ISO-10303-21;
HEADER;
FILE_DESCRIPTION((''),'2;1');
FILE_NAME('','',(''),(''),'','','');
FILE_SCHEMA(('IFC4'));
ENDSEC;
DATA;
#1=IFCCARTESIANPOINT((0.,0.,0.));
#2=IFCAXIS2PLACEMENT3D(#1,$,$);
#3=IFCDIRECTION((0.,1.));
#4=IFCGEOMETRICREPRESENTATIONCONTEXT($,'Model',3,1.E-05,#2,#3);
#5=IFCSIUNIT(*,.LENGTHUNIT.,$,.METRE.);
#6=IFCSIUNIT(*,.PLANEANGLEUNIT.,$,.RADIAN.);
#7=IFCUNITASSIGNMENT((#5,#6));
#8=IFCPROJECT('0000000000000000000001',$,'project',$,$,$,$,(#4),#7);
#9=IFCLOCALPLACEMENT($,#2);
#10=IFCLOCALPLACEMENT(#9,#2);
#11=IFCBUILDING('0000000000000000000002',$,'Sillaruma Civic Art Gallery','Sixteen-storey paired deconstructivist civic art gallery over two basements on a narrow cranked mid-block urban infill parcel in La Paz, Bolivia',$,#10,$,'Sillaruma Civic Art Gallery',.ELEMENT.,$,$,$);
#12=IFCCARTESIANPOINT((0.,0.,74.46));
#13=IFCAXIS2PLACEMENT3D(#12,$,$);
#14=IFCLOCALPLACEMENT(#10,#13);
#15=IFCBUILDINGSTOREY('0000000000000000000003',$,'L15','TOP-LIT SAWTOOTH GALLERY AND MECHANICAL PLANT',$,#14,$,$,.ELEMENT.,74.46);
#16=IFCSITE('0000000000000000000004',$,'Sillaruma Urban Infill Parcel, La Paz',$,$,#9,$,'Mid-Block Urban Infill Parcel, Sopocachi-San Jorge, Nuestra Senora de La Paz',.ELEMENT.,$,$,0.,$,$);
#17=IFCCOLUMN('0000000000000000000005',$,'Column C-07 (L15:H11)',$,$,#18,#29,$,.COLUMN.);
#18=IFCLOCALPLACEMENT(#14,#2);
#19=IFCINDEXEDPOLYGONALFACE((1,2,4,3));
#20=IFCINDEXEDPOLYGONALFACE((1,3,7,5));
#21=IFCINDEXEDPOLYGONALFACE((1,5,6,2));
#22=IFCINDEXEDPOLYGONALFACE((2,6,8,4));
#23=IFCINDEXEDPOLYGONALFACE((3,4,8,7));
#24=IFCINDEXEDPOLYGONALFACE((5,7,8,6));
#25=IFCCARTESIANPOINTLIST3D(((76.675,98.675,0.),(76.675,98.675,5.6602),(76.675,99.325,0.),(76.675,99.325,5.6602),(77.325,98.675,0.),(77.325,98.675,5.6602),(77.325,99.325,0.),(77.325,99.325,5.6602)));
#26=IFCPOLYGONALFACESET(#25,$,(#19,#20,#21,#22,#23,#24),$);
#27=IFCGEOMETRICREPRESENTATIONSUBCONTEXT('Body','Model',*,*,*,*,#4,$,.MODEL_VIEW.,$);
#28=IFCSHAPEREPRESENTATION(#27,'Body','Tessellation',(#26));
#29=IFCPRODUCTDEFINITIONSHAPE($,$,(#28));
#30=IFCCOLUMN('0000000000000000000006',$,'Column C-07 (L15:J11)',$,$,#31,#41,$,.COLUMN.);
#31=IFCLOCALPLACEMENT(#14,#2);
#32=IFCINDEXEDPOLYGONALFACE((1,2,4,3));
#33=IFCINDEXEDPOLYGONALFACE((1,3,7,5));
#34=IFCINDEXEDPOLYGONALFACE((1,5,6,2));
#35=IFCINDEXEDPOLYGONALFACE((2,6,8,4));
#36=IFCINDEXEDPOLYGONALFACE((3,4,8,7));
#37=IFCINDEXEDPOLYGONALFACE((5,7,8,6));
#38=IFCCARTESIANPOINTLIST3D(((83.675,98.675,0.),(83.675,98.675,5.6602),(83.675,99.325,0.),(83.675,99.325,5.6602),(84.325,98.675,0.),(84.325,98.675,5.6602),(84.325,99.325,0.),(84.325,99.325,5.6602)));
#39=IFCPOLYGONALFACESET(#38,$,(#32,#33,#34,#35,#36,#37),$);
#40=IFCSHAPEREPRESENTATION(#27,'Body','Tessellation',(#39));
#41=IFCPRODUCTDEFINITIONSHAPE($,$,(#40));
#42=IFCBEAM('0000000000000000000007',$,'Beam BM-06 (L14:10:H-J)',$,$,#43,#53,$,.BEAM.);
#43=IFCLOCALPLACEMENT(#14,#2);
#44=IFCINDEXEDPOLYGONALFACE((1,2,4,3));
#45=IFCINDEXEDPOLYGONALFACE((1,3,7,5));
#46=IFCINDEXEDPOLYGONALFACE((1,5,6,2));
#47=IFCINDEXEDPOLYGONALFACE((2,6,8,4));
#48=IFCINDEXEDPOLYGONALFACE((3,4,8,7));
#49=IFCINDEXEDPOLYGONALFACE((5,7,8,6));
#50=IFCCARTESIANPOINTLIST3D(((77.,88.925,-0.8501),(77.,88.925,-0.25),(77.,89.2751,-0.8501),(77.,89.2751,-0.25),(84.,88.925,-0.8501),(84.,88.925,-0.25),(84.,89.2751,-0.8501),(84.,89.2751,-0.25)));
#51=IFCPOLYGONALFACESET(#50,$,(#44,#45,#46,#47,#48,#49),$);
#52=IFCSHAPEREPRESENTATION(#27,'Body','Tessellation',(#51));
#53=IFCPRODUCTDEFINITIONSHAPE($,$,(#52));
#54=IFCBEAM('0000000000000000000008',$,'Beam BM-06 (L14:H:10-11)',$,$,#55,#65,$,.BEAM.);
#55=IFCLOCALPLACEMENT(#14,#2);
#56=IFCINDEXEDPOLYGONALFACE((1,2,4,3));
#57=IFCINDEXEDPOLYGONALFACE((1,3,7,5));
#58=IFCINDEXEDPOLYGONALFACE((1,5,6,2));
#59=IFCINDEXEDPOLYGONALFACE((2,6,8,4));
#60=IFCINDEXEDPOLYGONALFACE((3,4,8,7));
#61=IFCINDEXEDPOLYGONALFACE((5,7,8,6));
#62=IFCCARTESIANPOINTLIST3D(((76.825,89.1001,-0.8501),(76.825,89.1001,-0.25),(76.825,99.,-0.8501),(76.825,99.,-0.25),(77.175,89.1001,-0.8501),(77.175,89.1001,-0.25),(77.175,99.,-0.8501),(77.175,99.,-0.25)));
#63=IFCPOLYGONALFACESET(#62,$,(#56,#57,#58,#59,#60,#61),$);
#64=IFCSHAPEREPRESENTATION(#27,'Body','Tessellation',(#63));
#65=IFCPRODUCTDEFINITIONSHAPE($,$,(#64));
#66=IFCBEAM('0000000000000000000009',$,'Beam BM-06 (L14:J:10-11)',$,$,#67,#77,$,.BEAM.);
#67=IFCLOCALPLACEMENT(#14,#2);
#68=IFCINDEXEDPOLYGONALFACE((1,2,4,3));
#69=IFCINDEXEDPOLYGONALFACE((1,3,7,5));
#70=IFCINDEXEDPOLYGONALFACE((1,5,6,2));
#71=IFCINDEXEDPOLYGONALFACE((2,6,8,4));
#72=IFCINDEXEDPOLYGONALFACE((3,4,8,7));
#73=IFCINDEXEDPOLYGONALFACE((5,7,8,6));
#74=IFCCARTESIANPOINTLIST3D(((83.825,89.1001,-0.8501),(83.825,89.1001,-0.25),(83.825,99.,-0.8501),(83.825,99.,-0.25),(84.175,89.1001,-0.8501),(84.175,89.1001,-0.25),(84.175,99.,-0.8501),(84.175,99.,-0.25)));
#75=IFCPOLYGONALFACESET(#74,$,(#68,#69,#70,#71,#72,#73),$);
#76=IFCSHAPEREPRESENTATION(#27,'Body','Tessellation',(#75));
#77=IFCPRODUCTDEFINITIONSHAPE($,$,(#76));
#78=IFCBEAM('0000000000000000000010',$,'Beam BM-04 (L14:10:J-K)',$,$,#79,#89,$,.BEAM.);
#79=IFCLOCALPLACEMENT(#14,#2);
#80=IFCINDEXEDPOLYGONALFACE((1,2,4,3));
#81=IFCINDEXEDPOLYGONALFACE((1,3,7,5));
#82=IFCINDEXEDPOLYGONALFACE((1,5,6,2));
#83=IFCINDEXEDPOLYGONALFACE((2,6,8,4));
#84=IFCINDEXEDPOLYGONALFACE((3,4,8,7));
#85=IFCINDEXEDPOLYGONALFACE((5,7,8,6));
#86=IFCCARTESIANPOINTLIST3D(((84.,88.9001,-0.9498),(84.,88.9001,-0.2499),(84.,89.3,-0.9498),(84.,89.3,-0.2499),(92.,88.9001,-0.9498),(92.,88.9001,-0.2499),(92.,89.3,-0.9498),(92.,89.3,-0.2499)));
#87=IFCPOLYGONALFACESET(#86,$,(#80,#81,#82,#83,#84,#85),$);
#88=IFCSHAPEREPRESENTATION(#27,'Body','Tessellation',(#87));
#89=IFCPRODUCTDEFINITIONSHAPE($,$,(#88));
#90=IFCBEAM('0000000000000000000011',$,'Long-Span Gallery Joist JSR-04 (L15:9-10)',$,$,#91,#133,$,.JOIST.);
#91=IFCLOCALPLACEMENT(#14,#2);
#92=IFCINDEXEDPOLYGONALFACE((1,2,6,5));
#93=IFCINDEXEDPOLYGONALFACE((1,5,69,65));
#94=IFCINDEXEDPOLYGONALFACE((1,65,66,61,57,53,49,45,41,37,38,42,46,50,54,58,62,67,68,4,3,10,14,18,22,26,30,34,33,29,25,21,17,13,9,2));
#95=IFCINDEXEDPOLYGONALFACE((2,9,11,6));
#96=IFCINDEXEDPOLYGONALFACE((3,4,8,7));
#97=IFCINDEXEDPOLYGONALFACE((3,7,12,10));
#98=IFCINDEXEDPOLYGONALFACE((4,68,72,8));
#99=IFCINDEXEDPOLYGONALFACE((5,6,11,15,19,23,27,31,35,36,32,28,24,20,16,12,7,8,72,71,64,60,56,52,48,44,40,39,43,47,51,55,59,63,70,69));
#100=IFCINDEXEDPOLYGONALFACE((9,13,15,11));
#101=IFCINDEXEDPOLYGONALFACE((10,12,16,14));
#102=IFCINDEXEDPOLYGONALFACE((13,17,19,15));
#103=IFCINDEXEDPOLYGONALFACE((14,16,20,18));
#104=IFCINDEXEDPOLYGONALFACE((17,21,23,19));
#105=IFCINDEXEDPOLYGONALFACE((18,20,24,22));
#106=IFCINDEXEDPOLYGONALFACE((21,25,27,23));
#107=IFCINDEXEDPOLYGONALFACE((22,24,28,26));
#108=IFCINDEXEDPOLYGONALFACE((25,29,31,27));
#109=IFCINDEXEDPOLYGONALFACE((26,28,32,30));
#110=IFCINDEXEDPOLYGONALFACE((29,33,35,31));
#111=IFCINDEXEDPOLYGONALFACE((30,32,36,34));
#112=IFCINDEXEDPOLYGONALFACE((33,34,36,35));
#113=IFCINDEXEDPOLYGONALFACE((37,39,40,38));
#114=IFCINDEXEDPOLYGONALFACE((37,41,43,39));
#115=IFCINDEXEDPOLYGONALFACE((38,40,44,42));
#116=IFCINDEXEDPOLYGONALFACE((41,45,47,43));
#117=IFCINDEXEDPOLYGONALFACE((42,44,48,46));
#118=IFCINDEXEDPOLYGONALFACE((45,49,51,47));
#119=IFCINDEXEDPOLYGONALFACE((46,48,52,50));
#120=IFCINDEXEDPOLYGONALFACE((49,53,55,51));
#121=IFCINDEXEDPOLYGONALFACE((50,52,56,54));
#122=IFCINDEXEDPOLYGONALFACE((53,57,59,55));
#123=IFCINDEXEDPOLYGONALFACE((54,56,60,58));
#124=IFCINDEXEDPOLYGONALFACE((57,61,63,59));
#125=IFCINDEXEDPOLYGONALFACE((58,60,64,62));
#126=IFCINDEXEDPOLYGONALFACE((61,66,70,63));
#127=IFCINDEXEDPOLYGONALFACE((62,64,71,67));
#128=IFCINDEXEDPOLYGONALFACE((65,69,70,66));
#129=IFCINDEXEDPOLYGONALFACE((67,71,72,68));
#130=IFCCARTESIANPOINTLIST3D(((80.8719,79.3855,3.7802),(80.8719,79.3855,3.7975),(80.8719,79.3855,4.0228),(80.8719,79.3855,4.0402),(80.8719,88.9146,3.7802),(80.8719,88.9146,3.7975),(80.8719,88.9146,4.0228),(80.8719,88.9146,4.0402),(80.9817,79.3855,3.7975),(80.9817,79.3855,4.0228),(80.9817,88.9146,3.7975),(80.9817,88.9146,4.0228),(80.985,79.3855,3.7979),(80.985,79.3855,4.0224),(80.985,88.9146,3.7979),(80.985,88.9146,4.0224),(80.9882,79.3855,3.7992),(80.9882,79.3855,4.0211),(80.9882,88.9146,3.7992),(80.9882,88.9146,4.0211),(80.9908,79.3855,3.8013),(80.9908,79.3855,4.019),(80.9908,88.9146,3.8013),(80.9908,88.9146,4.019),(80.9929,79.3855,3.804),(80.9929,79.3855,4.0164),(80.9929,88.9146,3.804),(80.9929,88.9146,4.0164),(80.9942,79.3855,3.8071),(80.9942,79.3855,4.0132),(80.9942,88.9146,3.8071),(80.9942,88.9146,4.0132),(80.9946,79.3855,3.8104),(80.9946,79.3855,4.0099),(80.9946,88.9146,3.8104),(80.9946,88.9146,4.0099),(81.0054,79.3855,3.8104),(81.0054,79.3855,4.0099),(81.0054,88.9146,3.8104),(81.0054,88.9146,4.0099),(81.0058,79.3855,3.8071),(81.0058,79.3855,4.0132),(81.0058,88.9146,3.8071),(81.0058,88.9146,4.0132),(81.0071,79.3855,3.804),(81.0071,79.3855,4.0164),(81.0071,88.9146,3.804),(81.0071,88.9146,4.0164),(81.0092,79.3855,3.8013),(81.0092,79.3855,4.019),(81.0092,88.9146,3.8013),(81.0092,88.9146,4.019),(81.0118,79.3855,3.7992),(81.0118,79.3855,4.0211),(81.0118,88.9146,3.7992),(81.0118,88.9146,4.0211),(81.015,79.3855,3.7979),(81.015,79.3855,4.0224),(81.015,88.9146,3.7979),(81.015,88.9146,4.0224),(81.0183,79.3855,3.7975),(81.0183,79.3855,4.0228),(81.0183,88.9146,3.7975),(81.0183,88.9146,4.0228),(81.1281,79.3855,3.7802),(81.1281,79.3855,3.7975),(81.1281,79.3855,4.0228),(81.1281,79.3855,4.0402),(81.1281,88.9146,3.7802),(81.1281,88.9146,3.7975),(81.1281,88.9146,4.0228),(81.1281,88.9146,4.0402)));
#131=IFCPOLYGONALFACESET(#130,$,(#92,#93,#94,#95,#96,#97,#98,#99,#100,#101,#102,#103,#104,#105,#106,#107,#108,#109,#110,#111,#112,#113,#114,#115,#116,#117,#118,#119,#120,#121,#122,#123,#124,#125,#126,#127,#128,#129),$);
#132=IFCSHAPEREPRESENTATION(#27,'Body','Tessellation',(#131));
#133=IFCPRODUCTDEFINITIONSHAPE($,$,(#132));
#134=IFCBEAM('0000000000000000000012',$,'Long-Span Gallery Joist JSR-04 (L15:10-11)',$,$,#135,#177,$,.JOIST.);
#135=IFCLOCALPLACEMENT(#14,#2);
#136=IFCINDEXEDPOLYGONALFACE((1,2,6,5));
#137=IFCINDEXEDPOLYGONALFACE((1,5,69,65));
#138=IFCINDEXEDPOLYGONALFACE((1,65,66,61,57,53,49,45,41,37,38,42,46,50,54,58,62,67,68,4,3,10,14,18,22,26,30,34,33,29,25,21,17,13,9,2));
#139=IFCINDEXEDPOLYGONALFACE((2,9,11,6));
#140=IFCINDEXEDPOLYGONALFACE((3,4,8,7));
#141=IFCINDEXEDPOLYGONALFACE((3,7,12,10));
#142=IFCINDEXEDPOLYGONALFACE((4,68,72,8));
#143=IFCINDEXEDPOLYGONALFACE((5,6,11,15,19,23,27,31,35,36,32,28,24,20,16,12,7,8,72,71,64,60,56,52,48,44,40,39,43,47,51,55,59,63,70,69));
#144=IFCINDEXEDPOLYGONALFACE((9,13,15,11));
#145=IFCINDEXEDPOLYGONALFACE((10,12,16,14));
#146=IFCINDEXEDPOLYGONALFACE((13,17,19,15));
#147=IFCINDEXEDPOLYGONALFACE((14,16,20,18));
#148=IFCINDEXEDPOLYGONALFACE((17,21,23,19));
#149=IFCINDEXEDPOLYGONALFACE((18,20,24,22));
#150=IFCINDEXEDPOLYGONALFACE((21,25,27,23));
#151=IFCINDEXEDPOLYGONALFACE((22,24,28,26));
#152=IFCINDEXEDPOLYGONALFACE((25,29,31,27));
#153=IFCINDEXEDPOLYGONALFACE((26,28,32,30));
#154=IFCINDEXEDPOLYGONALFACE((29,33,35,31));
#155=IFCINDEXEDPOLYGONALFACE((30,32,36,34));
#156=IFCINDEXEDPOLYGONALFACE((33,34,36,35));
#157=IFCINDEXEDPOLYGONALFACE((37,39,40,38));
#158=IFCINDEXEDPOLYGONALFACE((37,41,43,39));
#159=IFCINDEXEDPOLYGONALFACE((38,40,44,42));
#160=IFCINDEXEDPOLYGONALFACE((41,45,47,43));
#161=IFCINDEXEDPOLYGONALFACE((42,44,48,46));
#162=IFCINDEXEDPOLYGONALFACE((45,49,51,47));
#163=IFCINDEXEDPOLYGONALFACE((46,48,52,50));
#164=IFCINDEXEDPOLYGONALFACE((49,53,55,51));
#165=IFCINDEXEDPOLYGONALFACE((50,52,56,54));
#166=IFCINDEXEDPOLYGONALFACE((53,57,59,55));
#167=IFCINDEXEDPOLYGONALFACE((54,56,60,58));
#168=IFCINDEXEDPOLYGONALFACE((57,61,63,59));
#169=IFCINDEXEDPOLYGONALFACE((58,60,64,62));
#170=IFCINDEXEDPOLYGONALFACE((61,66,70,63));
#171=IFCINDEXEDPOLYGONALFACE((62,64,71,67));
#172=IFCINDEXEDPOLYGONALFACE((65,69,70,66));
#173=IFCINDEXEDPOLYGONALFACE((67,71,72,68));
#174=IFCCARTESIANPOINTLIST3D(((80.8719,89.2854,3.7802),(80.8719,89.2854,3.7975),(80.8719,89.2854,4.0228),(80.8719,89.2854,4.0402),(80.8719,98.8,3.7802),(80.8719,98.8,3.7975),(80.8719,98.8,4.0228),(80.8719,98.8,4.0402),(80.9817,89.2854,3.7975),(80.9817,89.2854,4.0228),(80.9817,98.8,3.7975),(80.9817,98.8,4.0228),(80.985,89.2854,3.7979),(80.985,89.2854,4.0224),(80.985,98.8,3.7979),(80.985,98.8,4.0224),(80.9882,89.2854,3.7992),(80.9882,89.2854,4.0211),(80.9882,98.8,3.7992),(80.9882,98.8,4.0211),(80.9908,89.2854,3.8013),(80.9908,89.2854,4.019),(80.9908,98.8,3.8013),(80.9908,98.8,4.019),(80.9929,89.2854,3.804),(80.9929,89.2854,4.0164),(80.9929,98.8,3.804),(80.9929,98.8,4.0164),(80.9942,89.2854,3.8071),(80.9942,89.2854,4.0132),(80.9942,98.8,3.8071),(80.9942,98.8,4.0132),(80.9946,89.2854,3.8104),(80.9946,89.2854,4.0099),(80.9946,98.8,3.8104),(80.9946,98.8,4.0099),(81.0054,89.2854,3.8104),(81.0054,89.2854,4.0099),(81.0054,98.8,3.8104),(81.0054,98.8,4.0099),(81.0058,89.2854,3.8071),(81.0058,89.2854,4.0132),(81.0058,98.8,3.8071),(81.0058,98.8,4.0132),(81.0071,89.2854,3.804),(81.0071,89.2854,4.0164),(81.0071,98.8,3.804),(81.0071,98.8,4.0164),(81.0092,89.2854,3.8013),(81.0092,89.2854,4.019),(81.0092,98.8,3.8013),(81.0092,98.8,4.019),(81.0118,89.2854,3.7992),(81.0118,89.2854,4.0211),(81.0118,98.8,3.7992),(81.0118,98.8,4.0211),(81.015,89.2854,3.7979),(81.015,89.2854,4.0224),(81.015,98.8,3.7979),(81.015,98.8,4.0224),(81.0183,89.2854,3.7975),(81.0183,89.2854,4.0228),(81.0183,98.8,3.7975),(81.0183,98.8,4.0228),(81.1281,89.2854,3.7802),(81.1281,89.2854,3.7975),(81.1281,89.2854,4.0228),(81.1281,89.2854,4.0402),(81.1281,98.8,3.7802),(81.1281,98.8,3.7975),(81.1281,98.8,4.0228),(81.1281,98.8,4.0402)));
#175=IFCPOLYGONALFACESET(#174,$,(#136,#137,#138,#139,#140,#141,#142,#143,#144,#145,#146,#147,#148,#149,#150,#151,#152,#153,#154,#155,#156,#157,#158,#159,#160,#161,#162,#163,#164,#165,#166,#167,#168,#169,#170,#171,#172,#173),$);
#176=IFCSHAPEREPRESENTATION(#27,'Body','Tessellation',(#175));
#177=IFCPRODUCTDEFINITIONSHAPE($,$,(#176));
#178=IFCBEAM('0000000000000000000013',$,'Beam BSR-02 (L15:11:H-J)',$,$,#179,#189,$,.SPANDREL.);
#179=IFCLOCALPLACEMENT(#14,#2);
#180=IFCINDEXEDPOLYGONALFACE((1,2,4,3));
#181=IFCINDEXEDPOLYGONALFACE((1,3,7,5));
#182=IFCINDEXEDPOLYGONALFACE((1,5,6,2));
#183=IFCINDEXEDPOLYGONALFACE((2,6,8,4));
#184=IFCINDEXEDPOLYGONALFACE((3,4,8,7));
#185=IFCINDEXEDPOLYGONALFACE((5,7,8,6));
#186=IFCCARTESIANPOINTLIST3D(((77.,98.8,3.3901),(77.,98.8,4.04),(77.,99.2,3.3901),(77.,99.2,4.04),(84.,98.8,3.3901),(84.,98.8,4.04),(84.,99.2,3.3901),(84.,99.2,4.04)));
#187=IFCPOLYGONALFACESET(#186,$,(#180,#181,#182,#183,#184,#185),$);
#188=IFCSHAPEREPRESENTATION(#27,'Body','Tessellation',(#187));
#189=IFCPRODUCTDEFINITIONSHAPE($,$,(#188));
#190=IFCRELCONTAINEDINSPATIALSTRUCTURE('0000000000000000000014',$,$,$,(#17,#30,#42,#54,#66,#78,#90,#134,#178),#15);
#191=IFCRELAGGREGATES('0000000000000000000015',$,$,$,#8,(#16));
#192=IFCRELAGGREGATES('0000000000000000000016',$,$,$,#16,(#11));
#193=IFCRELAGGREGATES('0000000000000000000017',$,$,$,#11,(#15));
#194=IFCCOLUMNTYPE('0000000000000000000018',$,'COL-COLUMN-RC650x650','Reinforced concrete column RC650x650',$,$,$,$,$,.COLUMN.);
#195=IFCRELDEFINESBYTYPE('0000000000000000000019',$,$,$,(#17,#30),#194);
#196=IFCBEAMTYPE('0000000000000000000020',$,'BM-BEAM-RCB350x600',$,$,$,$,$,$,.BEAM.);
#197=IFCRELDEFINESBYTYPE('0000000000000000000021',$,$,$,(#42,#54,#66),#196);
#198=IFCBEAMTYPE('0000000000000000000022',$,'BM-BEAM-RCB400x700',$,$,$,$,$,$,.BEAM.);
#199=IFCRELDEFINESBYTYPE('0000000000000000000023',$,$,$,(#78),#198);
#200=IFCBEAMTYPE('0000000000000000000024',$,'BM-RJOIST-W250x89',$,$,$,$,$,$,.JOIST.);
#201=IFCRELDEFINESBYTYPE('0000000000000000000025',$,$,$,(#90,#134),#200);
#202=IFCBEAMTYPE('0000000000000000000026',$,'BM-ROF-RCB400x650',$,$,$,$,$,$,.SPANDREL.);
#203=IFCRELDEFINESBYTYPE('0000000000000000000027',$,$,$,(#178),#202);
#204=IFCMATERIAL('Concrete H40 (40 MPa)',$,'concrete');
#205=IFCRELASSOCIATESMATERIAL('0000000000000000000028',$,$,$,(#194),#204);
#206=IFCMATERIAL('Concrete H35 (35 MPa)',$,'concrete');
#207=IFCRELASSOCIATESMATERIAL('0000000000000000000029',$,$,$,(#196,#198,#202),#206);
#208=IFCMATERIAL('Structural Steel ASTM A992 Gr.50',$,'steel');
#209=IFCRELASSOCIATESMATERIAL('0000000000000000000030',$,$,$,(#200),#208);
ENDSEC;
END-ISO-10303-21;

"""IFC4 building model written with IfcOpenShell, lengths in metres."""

from ifc_helpers import new_model, si_unit, direction, frame, origin, origin_2d, place, context, subcontext, project, spatial, rectangle, i_section, extrude, material, material_profile, profile_set, type_object, element, save


model = new_model("IFC4")

# Units and contexts
model_context = context("Model", 3, precision=1e-05, world=origin(), true_north=direction((0.0, 1.0)))
body_context = subcontext(model_context, "Body", "Model", "MODEL_VIEW")
ifc_project = project(units=[si_unit("LENGTHUNIT", "METRE"), si_unit("PLANEANGLEUNIT", "RADIAN")], contexts=[model_context])

# Site, building, storey
site_placement = place(None, origin())
site = spatial("IfcSite", under=ifc_project, at=site_placement, Name="Sillaruma Urban Infill Parcel, La Paz", LongName="Mid-Block Urban Infill Parcel, Sopocachi-San Jorge, Nuestra Senora de La Paz", CompositionType="ELEMENT", RefElevation=0.0)
building_placement = place(site_placement, origin())
building = spatial("IfcBuilding", under=site, at=building_placement, Name="Sillaruma Civic Art Gallery", Description="Sixteen-storey paired deconstructivist civic art gallery over two basements on a narrow cranked mid-block urban infill parcel in La Paz, Bolivia", LongName="Sillaruma Civic Art Gallery", CompositionType="ELEMENT")
storey_placement = place(building_placement, frame((0.0, 0.0, 74.46)))
storey = spatial("IfcBuildingStorey", under=building, at=storey_placement, Name="L15", Description="TOP-LIT SAWTOOTH GALLERY AND MECHANICAL PLANT", CompositionType="ELEMENT", Elevation=74.46)

# Columns
ifc_material_1 = material(Name="Concrete H40 (40 MPa)", Category="concrete")
ifc_material_profile_1 = material_profile(ifc_material_1, rectangle(XDim=0.6499, YDim=0.6499, at=origin_2d()), Name="RC650x650")
ifc_profile_set_1 = profile_set([ifc_material_profile_1], Name="Concrete H40 (40 MPa)")
column_type = type_object("IfcColumnType", Name="COL-COLUMN-RC650x650", Description="Reinforced concrete column RC650x650", PredefinedType="COLUMN", material=ifc_profile_set_1)
for number, where, z_axis, x_axis, name in (
    (1, (77.0, 99.0, 0.0), (0.0, 0.0, 1.0), (1.0, 0.0, 0.0), "Column C-07 (L15:H11)"),
    (2, (84.0, 99.0, 0.0), (0.0, 0.0, 1.0), (1.0, 0.0, 0.0), "Column C-07 (L15:J11)"),
):
    element("IfcColumn", number, at=place(storey_placement, frame(where, z_axis=z_axis, x_axis=x_axis)), inside=storey, type_object=column_type, Name=name, PredefinedType="COLUMN", context=body_context, shape_type="SweptSolid", body=[
        extrude(rectangle(XDim=0.6499, YDim=0.6499, at=origin_2d()), origin(), (0.0, 0.0, 1.0), 5.6602),
    ])

# Beams
ifc_material_2 = material(Name="Concrete H35 (35 MPa)", Category="concrete")
ifc_material_profile_2 = material_profile(ifc_material_2, rectangle(XDim=0.3501, YDim=0.6001, at=origin_2d()), Name="RCB350x600")
ifc_profile_set_2 = profile_set([ifc_material_profile_2], Name="Concrete H35 (35 MPa)")
beam_type_1 = type_object("IfcBeamType", Name="BM-BEAM-RCB350x600", PredefinedType="BEAM", material=ifc_profile_set_2)
beam_1_placement = place(storey_placement, frame((77.0, 89.1001, -0.55), z_axis=(1.0, 0.0, 0.0), x_axis=(0.0, 1.0, 0.0)))
element("IfcBeam", 3, at=beam_1_placement, inside=storey, type_object=beam_type_1, Name="Beam BM-06 (L14:10:H-J)", PredefinedType="BEAM", context=body_context, shape_type="SweptSolid", body=[
    extrude(rectangle(XDim=0.3501, YDim=0.6001, at=origin_2d()), origin(), (0.0, 0.0, 1.0), 7.0),
])
for number, where, z_axis, x_axis, name in (
    (4, (77.0, 89.1001, -0.55), (0.0, 1.0, 0.0), (-1.0, 0.0, 0.0), "Beam BM-06 (L14:H:10-11)"),
    (5, (84.0, 89.1001, -0.55), (0.0, 1.0, 0.0), (-1.0, 0.0, 0.0), "Beam BM-06 (L14:J:10-11)"),
):
    element("IfcBeam", number, at=place(storey_placement, frame(where, z_axis=z_axis, x_axis=x_axis)), inside=storey, type_object=beam_type_1, Name=name, PredefinedType="BEAM", context=body_context, shape_type="SweptSolid", body=[
        extrude(rectangle(XDim=0.3501, YDim=0.6001, at=origin_2d()), origin(), (0.0, 0.0, 1.0), 9.8999),
    ])
ifc_material_profile_3 = material_profile(ifc_material_2, rectangle(XDim=0.3999, YDim=0.7, at=origin_2d()), Name="RCB400x700")
ifc_profile_set_3 = profile_set([ifc_material_profile_3], Name="Concrete H35 (35 MPa)")
beam_type_2 = type_object("IfcBeamType", Name="BM-BEAM-RCB400x700", PredefinedType="BEAM", material=ifc_profile_set_3)
beam_2_placement = place(storey_placement, frame((84.0, 89.1001, -0.5999), z_axis=(1.0, 0.0, 0.0), x_axis=(0.0, 1.0, 0.0)))
element("IfcBeam", 6, at=beam_2_placement, inside=storey, type_object=beam_type_2, Name="Beam BM-04 (L14:10:J-K)", PredefinedType="BEAM", context=body_context, shape_type="SweptSolid", body=[
    extrude(rectangle(XDim=0.3999, YDim=0.7, at=origin_2d()), origin(), (0.0, 0.0, 1.0), 8.0),
])
ifc_material_3 = material(Name="Structural Steel ASTM A992 Gr.50", Category="steel")
ifc_material_profile_4 = material_profile(ifc_material_3, i_section(OverallWidth=0.2561, OverallDepth=0.26, WebThickness=0.0107, FlangeThickness=0.0173, FilletRadius=0.0129, at=origin_2d()), Name="W250x89")
ifc_profile_set_4 = profile_set([ifc_material_profile_4], Name="Structural Steel ASTM A992 Gr.50")
beam_type_3 = type_object("IfcBeamType", Name="BM-RJOIST-W250x89", PredefinedType="JOIST", material=ifc_profile_set_4)
beam_3_placement = place(storey_placement, frame((81.0, 79.3855, 3.9102), z_axis=(0.0, 1.0, 0.0), x_axis=(-1.0, 0.0, 0.0)))
element("IfcBeam", 7, at=beam_3_placement, inside=storey, type_object=beam_type_3, Name="Long-Span Gallery Joist JSR-04 (L15:9-10)", PredefinedType="JOIST", context=body_context, shape_type="SweptSolid", body=[
    extrude(i_section(OverallWidth=0.2561, OverallDepth=0.26, WebThickness=0.0107, FlangeThickness=0.0173, FilletRadius=0.0129, at=origin_2d()), origin(), (0.0, 0.0, 1.0), 9.5291),
])
beam_4_placement = place(storey_placement, frame((81.0, 89.2854, 3.9102), z_axis=(0.0, 1.0, 0.0), x_axis=(-1.0, 0.0, 0.0)))
element("IfcBeam", 8, at=beam_4_placement, inside=storey, type_object=beam_type_3, Name="Long-Span Gallery Joist JSR-04 (L15:10-11)", PredefinedType="JOIST", context=body_context, shape_type="SweptSolid", body=[
    extrude(i_section(OverallWidth=0.2561, OverallDepth=0.26, WebThickness=0.0107, FlangeThickness=0.0173, FilletRadius=0.0129, at=origin_2d()), origin(), (0.0, 0.0, 1.0), 9.5146),
])
ifc_material_profile_5 = material_profile(ifc_material_2, rectangle(XDim=0.3999, YDim=0.6499, at=origin_2d()), Name="RCB400x650")
ifc_profile_set_5 = profile_set([ifc_material_profile_5], Name="Concrete H35 (35 MPa)")
beam_type_4 = type_object("IfcBeamType", Name="BM-ROF-RCB400x650", PredefinedType="SPANDREL", material=ifc_profile_set_5)
beam_5_placement = place(storey_placement, frame((77.0, 99.0, 3.7151), z_axis=(1.0, 0.0, 0.0), x_axis=(0.0, 1.0, 0.0)))
element("IfcBeam", 9, at=beam_5_placement, inside=storey, type_object=beam_type_4, Name="Beam BSR-02 (L15:11:H-J)", PredefinedType="SPANDREL", context=body_context, shape_type="SweptSolid", body=[
    extrude(rectangle(XDim=0.3999, YDim=0.6499, at=origin_2d()), origin(), (0.0, 0.0, 1.0), 7.0),
])

save(model, "model.ifc")
